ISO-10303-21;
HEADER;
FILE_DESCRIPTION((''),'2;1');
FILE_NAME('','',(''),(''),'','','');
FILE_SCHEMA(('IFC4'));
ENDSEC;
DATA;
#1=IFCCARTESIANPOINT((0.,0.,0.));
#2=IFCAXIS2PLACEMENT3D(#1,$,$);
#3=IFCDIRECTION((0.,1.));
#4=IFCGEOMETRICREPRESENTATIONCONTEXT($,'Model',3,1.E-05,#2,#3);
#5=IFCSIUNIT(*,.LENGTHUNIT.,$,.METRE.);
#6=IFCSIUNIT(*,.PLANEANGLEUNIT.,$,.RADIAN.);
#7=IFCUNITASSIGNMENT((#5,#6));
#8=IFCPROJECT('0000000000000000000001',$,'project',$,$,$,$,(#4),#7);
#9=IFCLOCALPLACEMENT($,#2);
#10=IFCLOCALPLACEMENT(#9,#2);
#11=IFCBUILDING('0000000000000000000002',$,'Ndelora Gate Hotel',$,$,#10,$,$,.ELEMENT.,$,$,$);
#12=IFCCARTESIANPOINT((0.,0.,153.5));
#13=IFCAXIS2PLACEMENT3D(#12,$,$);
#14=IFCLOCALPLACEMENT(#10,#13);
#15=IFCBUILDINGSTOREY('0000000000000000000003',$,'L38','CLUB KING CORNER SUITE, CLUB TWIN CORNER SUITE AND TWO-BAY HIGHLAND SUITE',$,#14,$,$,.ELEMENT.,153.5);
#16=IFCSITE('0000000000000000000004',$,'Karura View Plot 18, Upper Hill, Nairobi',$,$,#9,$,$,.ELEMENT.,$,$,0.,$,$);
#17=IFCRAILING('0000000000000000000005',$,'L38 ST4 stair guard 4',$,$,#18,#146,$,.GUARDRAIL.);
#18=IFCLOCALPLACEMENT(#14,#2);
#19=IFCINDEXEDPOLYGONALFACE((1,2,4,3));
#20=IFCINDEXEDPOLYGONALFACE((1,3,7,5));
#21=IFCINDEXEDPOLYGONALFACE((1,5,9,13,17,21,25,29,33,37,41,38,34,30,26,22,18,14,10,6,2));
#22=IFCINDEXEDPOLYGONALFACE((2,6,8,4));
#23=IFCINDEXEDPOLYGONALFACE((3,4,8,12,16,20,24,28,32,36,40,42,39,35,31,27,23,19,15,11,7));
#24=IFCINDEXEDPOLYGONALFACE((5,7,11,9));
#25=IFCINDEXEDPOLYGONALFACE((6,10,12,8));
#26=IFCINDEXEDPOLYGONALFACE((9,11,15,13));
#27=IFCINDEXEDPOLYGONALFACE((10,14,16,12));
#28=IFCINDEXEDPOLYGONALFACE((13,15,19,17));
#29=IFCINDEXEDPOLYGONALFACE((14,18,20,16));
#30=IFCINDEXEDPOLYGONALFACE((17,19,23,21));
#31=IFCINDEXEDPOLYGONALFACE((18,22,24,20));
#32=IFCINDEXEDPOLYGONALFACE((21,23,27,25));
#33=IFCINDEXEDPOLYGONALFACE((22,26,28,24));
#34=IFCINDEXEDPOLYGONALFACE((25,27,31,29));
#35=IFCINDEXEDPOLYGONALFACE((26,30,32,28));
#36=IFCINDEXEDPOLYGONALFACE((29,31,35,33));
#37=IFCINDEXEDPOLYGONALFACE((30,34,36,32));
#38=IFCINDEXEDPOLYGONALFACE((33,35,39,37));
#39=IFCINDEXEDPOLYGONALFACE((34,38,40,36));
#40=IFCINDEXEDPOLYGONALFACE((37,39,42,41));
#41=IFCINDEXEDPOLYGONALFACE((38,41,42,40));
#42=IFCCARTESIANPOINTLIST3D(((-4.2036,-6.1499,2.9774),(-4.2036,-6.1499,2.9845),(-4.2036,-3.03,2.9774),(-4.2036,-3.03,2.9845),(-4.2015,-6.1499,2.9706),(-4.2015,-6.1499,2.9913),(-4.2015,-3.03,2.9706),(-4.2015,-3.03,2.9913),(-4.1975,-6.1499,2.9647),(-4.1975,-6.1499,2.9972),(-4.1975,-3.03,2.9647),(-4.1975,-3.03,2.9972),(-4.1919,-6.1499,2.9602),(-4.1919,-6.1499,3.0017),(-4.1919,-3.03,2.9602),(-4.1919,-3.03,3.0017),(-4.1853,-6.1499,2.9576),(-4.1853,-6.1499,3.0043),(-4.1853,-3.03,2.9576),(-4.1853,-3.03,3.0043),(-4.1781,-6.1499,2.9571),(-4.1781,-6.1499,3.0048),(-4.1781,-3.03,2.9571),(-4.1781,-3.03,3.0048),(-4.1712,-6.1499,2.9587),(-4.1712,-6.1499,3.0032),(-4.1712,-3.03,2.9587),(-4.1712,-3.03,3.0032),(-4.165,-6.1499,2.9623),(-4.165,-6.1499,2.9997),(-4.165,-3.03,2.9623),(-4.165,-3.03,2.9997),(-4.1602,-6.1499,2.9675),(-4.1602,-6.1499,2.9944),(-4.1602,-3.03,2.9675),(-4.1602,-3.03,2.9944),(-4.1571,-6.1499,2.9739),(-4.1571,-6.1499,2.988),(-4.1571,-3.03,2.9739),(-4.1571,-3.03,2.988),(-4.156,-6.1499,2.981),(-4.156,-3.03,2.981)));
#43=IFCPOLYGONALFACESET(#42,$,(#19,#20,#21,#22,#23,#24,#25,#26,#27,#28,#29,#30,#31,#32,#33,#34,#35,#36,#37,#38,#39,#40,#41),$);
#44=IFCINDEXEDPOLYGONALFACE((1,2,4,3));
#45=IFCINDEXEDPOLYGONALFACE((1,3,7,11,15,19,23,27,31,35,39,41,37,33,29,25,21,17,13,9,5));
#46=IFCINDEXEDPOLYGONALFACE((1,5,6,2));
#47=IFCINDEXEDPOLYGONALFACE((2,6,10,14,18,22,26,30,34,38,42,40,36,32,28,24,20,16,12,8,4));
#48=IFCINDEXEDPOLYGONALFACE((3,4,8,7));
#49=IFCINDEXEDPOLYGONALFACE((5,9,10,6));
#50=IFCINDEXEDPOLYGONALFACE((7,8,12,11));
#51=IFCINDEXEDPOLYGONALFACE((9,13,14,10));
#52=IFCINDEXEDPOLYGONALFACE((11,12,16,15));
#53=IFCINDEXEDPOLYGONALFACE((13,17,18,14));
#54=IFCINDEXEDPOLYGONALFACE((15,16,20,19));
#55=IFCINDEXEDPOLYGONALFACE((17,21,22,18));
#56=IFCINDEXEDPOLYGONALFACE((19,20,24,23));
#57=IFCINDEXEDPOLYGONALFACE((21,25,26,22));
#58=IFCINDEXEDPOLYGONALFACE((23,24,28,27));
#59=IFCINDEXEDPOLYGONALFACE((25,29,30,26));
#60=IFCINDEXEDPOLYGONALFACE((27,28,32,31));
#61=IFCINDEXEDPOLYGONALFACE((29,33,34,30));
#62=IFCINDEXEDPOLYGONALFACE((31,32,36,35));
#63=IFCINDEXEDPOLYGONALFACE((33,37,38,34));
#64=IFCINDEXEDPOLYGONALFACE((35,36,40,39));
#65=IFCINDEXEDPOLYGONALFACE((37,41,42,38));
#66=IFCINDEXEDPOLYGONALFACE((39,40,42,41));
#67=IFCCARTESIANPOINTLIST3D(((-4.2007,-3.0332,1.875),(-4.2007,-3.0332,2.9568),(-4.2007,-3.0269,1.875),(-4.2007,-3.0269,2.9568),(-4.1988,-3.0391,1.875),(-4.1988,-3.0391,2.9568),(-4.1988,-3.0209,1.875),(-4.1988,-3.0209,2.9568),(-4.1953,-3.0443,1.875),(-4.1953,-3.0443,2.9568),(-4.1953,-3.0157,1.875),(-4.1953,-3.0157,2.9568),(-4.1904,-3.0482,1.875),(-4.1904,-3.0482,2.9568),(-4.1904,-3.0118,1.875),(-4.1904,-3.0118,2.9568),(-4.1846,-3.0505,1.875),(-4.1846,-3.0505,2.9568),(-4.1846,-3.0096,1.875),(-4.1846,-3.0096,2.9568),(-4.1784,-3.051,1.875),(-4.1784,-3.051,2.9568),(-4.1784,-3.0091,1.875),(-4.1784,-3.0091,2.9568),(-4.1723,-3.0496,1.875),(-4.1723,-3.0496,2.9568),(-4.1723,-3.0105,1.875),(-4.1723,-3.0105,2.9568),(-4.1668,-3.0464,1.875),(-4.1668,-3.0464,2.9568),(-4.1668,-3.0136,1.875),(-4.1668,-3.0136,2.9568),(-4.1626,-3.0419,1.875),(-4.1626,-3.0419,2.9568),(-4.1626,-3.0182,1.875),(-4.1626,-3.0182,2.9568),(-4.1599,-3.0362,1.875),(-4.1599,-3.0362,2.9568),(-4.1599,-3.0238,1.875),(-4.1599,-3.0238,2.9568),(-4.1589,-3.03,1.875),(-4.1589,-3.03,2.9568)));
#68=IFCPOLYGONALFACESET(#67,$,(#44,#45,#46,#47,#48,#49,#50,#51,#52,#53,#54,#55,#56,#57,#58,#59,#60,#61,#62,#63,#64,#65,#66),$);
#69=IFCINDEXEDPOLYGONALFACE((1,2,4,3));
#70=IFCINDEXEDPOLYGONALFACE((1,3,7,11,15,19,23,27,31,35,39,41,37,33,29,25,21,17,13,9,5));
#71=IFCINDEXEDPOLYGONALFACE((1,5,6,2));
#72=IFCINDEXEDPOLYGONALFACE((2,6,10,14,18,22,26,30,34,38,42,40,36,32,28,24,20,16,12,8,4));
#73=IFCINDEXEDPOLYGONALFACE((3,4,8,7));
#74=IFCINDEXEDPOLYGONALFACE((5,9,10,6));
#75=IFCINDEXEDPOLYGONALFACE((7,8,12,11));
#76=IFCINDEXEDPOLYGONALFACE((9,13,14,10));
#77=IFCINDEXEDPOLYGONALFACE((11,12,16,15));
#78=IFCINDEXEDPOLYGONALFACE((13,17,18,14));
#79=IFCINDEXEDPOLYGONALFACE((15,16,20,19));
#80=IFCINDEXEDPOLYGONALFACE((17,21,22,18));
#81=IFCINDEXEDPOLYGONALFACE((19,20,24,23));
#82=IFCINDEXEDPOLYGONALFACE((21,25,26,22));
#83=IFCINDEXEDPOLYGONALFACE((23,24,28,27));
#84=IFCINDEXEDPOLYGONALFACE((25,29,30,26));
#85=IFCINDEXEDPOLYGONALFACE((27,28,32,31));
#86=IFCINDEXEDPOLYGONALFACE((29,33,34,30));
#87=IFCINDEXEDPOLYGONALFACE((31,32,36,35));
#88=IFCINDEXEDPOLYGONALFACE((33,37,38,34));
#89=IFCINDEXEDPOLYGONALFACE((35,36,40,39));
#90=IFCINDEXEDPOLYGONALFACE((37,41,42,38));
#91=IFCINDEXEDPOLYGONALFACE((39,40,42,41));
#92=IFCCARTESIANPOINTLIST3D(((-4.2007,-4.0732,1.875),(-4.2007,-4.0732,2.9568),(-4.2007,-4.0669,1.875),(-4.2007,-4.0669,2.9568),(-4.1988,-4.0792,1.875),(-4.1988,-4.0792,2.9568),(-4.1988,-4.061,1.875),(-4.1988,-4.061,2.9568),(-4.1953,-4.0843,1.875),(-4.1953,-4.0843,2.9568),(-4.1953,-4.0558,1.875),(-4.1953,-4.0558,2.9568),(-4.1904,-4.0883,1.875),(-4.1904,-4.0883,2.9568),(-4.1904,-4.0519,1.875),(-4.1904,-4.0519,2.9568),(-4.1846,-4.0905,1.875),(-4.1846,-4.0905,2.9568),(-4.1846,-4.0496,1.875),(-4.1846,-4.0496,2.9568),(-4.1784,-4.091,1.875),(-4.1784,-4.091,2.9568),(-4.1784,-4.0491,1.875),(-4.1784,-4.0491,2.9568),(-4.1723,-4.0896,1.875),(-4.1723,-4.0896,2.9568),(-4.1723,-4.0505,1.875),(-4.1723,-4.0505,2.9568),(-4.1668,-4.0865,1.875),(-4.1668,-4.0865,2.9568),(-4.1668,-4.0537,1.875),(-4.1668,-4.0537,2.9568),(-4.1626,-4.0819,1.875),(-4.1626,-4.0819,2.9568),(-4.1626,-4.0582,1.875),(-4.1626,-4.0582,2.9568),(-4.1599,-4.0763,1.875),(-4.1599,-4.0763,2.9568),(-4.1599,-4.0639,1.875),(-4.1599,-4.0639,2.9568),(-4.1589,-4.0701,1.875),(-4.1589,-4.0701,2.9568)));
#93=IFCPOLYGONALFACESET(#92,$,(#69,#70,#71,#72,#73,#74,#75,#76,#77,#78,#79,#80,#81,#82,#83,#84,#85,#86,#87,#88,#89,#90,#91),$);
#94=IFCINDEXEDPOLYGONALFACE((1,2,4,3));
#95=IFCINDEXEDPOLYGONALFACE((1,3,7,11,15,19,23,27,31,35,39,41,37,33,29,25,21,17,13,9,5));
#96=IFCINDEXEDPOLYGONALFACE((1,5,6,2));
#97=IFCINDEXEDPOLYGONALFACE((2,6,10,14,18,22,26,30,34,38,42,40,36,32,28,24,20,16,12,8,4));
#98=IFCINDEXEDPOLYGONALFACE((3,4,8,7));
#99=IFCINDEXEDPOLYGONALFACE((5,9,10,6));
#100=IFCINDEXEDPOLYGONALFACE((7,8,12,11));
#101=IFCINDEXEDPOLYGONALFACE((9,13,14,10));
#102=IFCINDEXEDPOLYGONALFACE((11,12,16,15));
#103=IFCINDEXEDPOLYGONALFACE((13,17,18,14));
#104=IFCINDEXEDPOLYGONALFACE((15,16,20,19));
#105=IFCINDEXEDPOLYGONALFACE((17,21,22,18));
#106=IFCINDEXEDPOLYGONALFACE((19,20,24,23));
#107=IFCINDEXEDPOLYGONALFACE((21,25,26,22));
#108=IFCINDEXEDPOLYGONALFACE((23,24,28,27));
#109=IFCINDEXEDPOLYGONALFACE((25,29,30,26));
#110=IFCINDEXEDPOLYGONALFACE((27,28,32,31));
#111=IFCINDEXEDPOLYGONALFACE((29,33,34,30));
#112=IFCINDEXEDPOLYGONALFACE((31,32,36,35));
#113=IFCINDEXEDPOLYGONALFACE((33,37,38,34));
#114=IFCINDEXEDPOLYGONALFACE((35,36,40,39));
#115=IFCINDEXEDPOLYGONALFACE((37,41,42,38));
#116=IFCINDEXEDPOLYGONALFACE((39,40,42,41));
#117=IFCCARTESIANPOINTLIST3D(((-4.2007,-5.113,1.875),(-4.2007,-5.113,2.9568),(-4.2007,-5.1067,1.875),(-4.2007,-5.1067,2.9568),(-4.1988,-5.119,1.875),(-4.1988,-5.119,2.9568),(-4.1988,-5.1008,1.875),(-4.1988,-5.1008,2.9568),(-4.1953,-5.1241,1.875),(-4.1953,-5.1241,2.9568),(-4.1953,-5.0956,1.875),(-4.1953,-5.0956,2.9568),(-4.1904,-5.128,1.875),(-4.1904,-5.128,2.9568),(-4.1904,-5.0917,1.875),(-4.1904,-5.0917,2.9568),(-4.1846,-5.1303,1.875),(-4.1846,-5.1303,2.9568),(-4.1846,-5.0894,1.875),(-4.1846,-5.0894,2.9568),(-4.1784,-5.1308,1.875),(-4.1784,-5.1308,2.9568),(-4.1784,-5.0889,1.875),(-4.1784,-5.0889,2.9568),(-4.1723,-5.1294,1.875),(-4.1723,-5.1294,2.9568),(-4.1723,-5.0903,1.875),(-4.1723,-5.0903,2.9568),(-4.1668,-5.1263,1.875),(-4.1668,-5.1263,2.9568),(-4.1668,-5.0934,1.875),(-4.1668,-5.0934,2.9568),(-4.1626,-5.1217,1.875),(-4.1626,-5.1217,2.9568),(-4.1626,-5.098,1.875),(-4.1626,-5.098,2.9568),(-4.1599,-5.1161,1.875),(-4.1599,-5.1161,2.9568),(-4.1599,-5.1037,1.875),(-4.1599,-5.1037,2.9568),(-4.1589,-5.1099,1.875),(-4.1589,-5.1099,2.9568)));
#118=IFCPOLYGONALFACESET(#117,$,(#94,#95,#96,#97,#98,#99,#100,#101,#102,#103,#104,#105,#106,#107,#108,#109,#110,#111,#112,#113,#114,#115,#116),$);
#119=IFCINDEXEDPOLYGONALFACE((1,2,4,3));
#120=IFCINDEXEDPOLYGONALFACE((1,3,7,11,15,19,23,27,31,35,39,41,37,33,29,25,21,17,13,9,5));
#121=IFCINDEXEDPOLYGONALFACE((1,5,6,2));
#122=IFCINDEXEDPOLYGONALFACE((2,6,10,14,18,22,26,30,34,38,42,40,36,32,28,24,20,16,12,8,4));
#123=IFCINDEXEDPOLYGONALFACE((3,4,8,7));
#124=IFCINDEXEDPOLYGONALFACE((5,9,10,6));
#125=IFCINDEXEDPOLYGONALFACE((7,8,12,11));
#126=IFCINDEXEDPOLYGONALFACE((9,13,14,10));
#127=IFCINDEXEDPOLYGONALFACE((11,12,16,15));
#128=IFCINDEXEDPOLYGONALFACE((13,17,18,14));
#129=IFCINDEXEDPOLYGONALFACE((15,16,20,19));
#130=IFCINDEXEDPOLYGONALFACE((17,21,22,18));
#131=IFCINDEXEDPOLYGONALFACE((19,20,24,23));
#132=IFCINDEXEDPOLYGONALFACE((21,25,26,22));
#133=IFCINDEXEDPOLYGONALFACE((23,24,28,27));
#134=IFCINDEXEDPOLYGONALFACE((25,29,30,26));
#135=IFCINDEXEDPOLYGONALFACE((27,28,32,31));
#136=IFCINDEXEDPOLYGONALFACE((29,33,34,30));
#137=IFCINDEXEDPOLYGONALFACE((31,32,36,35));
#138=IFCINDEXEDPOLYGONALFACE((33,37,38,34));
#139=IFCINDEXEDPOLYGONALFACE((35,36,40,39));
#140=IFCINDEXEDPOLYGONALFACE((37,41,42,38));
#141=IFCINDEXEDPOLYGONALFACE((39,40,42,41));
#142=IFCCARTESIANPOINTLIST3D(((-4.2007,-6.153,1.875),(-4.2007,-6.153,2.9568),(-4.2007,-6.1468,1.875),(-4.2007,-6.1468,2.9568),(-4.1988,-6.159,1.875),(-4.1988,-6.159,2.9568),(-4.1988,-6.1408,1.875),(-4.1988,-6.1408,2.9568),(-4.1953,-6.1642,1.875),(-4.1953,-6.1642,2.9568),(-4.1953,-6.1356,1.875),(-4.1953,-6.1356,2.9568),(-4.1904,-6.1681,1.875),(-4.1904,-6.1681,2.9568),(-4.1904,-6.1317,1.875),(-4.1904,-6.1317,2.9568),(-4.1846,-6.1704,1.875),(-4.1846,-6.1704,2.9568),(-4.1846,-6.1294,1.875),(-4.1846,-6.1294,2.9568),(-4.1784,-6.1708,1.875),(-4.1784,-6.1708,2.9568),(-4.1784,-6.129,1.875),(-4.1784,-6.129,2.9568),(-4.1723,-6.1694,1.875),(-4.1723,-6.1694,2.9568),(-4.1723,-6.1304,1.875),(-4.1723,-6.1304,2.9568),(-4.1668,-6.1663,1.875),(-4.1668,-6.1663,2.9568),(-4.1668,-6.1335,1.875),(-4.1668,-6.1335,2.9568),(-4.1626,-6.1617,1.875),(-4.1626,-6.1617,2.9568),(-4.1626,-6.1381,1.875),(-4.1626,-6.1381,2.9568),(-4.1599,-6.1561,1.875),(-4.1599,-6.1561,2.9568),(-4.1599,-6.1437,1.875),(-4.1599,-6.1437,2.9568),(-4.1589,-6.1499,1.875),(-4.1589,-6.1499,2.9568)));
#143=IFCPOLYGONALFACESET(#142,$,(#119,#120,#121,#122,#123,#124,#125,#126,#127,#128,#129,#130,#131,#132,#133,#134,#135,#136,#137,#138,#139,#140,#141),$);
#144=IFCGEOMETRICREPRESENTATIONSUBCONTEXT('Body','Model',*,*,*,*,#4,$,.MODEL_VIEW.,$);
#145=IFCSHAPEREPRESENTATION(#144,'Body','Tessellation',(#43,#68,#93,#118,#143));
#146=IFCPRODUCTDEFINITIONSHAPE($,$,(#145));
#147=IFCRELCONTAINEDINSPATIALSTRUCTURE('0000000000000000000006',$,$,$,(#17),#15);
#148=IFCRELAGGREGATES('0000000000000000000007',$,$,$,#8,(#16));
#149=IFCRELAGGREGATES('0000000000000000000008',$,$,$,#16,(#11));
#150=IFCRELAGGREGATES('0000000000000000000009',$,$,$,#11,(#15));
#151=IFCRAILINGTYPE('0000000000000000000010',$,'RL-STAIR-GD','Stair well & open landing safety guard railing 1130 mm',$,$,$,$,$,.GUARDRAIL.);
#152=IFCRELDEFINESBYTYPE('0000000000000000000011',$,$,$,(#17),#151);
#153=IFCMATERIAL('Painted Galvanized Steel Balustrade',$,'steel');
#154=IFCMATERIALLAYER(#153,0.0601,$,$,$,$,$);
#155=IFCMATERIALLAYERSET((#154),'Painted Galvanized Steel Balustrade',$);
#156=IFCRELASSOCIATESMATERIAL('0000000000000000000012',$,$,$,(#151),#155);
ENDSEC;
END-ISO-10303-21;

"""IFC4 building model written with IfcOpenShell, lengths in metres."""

from ifc_helpers import new_model, si_unit, direction, frame, origin, origin_2d, place, context, subcontext, project, spatial, circle, extrude, material, layer, layer_set, type_object, element, save


model = new_model("IFC4")

# Units and contexts
model_context = context("Model", 3, precision=1e-05, world=origin(), true_north=direction((0.0, 1.0)))
body_context = subcontext(model_context, "Body", "Model", "MODEL_VIEW")
ifc_project = project(units=[si_unit("LENGTHUNIT", "METRE"), si_unit("PLANEANGLEUNIT", "RADIAN")], contexts=[model_context])

# Site, building, storey
site_placement = place(None, origin())
site = spatial("IfcSite", under=ifc_project, at=site_placement, Name="Karura View Plot 18, Upper Hill, Nairobi", CompositionType="ELEMENT", RefElevation=0.0)
building_placement = place(site_placement, origin())
building = spatial("IfcBuilding", under=site, at=building_placement, Name="Ndelora Gate Hotel", CompositionType="ELEMENT")
storey_placement = place(building_placement, frame((0.0, 0.0, 153.5)))
storey = spatial("IfcBuildingStorey", under=building, at=storey_placement, Name="L38", Description="CLUB KING CORNER SUITE, CLUB TWIN CORNER SUITE AND TWO-BAY HIGHLAND SUITE", CompositionType="ELEMENT", Elevation=153.5)

# Railing
ifc_material_1 = material(Name="Painted Galvanized Steel Balustrade", Category="steel")
ifc_layer_1 = layer(ifc_material_1, 0.0601)
ifc_layer_set_1 = layer_set([ifc_layer_1], Name="Painted Galvanized Steel Balustrade")
railing_type_1 = type_object("IfcRailingType", Name="RL-STAIR-GD", Description="Stair well & open landing safety guard railing 1130 mm", PredefinedType="GUARDRAIL", material=ifc_layer_set_1)
for number, where, name in (
    (1, (-4.1799, -3.03, 1.875), "L38 ST4 stair guard 4"),
):
    element("IfcRailing", number, at=place(storey_placement, frame(where)), inside=storey, type_object=railing_type_1, Name=name, PredefinedType="GUARDRAIL", context=body_context, shape_type="SweptSolid", body=[
        extrude(circle(Radius=0.0239, at=origin_2d()), frame((0.0, 0.0, 1.106), z_axis=(0.0, -1.0, 0.0), x_axis=(1.0, 0.0, 0.0)), (0.0, 0.0, 1.0), 3.1199),
        extrude(circle(Radius=0.021, at=origin_2d()), origin(), (0.0, 0.0, 1.0), 1.0818),
        extrude(circle(Radius=0.021, at=origin_2d()), frame((0.0, -1.04, 0.0)), (0.0, 0.0, 1.0), 1.0818),
        extrude(circle(Radius=0.021, at=origin_2d()), frame((0.0, -2.0798, 0.0)), (0.0, 0.0, 1.0), 1.0818),
        extrude(circle(Radius=0.021, at=origin_2d()), frame((0.0, -3.1199, 0.0)), (0.0, 0.0, 1.0), 1.0818),
    ])

save(model, "model.ifc")
